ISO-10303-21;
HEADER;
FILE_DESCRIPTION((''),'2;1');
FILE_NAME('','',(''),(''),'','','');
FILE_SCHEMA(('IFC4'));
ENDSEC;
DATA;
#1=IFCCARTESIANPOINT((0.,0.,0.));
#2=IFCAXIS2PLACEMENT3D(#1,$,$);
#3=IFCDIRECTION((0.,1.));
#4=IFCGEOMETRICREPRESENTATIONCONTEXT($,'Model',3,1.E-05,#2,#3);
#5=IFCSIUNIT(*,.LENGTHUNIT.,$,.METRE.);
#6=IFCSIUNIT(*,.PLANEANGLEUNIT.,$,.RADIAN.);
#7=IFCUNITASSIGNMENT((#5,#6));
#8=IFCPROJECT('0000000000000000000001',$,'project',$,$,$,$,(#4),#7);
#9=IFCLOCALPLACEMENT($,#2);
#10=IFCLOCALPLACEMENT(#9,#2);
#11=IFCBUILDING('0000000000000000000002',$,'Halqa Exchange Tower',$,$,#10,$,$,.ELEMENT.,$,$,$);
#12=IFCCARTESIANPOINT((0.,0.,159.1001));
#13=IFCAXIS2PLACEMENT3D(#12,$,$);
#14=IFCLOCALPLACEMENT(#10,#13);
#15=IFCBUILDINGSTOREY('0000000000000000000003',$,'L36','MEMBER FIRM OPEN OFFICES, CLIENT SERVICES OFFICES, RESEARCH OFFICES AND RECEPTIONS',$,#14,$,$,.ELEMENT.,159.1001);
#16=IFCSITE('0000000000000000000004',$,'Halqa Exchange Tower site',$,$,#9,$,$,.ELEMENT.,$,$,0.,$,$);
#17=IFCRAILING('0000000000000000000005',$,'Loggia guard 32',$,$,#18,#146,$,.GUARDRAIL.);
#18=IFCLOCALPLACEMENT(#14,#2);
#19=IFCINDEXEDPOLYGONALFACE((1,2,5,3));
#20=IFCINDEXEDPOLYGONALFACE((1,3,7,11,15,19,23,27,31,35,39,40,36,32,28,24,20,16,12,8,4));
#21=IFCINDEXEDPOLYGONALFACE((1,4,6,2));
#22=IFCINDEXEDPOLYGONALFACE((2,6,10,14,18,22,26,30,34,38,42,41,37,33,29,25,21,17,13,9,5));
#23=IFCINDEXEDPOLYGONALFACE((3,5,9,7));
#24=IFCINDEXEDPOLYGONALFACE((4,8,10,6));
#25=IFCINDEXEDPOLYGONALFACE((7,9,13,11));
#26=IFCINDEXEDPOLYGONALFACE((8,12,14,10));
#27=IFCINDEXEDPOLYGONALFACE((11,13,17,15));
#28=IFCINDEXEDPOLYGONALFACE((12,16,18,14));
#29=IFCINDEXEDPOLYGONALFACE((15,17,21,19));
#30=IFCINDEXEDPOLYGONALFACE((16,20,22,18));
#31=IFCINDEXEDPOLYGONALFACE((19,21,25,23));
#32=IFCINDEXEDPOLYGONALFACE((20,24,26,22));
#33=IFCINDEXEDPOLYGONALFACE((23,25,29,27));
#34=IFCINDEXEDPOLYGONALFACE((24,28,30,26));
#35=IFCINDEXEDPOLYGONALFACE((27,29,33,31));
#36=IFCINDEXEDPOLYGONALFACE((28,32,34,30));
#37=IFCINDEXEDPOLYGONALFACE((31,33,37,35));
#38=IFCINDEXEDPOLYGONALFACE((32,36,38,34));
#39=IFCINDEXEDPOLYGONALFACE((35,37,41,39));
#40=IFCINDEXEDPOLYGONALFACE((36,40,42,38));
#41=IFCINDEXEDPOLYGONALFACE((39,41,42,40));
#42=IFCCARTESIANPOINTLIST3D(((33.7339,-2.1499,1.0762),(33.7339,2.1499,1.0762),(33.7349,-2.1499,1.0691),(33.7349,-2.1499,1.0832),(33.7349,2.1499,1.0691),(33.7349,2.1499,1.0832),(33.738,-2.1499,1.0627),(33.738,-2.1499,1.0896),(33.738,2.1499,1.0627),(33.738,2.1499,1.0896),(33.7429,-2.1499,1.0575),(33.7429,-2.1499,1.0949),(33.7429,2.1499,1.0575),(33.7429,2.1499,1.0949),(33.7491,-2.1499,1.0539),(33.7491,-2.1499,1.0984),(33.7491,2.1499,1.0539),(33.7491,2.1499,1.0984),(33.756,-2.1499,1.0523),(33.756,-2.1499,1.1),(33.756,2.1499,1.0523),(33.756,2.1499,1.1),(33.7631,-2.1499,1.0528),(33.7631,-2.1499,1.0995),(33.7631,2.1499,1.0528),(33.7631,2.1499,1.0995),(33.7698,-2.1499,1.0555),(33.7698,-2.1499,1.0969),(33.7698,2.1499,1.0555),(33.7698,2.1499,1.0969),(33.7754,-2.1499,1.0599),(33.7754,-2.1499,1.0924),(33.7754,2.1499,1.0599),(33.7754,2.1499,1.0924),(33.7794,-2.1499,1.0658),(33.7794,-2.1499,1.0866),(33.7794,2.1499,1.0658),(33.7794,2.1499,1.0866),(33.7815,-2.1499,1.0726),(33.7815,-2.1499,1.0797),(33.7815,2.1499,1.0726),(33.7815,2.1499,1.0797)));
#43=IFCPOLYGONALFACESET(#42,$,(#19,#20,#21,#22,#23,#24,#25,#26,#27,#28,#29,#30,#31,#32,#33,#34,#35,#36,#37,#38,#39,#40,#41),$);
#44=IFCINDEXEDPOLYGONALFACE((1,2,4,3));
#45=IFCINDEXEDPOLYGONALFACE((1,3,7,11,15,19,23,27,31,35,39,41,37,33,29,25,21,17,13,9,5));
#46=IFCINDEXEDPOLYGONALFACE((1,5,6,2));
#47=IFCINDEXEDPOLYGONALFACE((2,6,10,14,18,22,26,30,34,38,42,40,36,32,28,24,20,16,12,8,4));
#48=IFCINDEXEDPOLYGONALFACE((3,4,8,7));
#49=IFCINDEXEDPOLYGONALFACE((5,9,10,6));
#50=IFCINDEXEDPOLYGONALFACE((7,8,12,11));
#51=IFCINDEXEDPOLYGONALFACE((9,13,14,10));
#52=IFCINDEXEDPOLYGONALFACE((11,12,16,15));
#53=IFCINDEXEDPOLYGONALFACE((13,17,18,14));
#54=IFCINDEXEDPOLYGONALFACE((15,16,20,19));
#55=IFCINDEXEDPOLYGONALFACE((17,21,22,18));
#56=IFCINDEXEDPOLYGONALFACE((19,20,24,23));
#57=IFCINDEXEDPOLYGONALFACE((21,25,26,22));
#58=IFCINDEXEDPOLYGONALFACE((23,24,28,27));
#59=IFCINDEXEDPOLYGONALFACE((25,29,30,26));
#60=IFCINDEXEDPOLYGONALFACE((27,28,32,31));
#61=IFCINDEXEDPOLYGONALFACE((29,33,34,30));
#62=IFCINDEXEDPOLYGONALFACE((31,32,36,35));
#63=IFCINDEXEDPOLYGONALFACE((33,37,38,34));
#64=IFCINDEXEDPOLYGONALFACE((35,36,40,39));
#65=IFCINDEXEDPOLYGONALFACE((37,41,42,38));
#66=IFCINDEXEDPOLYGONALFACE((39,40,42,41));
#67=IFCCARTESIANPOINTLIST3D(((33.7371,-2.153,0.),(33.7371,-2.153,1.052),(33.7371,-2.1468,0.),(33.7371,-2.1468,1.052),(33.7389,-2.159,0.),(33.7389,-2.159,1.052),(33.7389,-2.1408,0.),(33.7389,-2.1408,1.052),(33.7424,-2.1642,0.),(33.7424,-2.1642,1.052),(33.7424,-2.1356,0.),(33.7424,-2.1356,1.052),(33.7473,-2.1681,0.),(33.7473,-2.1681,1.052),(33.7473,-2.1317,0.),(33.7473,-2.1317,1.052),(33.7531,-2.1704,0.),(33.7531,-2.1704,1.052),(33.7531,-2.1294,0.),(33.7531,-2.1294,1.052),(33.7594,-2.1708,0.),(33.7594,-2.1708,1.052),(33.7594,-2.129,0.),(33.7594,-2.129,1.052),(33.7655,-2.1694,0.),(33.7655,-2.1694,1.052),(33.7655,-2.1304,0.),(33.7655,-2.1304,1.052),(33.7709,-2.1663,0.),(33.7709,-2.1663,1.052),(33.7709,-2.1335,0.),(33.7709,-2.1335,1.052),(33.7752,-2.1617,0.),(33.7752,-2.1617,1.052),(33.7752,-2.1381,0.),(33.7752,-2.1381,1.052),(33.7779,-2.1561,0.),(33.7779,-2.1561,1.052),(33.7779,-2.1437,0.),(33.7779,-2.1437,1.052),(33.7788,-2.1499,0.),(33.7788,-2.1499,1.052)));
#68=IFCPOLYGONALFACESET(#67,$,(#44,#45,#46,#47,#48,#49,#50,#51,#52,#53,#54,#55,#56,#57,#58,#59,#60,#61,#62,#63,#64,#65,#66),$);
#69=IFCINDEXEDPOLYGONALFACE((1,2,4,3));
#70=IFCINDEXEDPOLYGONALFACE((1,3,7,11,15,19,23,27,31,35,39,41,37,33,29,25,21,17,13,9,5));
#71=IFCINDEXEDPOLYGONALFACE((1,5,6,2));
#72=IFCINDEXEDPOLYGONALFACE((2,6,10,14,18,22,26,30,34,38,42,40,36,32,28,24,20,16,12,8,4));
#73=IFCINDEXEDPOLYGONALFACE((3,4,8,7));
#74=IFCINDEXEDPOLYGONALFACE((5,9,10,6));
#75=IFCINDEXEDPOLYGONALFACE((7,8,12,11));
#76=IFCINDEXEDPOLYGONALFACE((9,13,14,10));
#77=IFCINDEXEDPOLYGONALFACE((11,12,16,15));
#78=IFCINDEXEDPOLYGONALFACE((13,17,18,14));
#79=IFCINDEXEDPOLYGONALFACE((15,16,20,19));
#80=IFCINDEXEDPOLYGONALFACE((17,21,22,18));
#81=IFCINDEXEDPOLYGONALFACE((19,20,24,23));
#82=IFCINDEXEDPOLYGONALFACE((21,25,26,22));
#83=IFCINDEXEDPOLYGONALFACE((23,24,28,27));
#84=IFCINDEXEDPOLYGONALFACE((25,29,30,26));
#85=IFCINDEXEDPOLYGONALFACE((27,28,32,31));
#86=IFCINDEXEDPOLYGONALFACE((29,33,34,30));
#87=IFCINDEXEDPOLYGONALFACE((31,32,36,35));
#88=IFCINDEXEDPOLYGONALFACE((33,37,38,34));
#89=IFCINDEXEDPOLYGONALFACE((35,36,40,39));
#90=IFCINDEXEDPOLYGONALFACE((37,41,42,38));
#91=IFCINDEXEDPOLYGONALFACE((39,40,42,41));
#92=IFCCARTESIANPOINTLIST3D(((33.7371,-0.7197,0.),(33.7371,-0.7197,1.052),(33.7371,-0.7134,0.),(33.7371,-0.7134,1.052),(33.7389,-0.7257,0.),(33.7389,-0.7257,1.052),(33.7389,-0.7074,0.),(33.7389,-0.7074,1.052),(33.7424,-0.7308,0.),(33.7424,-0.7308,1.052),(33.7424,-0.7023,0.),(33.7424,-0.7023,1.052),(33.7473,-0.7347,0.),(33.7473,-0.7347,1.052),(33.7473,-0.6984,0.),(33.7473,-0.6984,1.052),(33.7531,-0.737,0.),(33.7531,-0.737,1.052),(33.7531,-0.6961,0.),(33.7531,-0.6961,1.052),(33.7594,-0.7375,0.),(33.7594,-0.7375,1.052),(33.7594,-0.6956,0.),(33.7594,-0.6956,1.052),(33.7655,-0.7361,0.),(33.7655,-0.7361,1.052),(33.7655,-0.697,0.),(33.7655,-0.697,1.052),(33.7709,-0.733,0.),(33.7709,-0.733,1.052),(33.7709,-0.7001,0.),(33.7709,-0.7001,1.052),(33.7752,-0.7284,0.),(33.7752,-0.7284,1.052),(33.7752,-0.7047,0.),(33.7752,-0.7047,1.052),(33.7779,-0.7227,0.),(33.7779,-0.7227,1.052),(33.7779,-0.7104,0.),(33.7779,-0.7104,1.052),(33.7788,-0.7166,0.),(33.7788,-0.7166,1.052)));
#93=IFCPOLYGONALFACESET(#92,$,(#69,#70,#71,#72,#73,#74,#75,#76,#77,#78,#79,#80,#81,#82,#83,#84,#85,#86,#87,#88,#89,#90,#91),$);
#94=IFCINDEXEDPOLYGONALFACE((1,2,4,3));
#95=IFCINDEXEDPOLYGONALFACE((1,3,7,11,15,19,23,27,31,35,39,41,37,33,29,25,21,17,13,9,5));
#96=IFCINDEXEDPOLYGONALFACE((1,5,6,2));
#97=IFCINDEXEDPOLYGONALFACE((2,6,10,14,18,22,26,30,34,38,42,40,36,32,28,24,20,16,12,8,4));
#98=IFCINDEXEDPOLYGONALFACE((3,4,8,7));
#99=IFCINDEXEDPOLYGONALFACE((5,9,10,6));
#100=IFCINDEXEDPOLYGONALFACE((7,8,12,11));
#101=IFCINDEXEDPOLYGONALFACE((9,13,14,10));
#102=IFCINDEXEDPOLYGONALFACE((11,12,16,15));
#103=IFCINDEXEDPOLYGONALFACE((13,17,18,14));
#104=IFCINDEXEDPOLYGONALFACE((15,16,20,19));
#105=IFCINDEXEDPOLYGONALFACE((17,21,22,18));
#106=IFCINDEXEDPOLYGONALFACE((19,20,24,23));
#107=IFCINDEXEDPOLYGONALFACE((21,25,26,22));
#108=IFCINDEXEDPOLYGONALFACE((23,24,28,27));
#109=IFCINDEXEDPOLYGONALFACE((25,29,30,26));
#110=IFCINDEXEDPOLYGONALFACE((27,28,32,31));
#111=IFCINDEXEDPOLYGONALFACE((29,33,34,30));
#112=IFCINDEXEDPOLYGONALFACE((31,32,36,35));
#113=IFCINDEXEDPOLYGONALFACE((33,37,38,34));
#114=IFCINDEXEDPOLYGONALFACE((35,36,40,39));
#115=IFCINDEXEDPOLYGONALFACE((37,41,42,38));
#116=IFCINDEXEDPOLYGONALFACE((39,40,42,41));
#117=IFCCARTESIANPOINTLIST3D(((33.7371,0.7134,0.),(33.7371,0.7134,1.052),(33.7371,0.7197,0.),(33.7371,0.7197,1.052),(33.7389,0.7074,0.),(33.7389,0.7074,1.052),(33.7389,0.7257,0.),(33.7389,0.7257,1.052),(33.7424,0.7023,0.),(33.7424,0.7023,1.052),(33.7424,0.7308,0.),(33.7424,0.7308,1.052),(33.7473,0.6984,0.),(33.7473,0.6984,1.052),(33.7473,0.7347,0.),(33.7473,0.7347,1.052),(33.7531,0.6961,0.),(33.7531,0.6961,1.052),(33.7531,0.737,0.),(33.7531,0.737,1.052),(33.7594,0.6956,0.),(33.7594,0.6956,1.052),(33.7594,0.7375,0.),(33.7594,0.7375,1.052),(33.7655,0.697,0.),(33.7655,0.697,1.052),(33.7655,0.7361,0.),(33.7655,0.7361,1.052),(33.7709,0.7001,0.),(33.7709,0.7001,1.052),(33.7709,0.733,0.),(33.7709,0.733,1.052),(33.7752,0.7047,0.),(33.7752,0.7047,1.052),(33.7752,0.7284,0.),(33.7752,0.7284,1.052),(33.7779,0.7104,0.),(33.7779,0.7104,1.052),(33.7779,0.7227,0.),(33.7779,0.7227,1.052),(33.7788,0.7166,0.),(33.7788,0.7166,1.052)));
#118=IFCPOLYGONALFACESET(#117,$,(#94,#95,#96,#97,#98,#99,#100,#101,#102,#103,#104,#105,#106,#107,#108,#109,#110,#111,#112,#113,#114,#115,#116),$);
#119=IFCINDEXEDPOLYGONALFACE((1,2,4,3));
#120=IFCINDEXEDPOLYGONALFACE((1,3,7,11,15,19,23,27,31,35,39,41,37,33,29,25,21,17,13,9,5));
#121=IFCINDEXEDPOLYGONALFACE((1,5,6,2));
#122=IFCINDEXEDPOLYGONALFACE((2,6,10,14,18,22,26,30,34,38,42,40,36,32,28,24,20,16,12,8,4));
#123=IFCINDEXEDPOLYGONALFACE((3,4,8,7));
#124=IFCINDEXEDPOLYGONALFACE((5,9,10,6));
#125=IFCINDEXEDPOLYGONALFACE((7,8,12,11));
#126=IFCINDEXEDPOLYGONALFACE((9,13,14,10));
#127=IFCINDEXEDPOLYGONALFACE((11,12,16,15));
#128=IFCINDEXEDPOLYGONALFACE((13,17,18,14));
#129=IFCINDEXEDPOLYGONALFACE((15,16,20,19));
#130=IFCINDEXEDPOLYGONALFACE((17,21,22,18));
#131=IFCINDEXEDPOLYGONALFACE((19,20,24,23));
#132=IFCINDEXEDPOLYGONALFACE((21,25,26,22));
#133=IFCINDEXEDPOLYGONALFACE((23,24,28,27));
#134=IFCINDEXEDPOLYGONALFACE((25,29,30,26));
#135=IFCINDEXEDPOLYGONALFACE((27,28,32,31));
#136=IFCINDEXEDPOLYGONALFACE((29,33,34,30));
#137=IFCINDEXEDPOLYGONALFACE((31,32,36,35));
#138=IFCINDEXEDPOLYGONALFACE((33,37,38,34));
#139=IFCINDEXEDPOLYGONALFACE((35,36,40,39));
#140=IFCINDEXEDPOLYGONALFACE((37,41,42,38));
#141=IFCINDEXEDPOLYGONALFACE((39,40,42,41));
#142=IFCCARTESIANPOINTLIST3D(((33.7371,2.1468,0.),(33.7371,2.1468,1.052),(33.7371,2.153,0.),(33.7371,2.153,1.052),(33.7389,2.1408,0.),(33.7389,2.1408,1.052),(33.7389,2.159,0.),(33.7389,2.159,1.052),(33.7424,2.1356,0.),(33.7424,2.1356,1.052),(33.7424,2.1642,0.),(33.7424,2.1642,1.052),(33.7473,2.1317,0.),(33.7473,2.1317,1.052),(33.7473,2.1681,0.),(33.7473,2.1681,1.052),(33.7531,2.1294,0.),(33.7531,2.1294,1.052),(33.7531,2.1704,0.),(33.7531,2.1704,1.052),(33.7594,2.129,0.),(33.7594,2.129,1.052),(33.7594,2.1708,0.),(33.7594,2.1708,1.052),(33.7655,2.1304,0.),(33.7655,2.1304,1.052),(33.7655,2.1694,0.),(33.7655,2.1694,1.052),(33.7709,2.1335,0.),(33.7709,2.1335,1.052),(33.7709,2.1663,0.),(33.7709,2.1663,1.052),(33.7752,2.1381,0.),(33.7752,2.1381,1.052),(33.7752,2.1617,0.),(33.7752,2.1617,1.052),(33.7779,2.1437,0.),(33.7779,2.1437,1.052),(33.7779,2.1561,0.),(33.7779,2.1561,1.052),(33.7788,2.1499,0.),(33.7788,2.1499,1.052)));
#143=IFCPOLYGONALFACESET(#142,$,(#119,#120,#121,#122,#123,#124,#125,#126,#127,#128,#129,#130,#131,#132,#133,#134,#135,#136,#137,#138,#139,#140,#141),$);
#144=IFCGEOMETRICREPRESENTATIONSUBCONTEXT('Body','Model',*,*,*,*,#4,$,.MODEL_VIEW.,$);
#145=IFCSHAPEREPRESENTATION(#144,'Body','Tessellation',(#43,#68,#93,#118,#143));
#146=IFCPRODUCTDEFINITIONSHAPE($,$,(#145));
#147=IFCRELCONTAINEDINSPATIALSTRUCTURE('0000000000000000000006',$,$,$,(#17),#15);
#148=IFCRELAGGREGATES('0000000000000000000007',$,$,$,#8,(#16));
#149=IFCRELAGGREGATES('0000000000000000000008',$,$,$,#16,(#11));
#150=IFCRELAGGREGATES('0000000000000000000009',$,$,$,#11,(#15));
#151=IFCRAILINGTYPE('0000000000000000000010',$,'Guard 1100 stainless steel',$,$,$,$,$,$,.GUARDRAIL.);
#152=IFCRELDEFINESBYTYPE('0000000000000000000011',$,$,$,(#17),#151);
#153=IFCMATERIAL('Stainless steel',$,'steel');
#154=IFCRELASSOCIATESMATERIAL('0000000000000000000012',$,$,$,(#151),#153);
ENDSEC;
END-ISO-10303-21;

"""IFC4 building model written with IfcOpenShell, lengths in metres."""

from ifc_helpers import new_model, si_unit, direction, frame, origin, origin_2d, place, context, subcontext, project, spatial, circle, extrude, material, type_object, element, save


model = new_model("IFC4")

# Units and contexts
model_context = context("Model", 3, precision=1e-05, world=origin(), true_north=direction((0.0, 1.0)))
body_context = subcontext(model_context, "Body", "Model", "MODEL_VIEW")
ifc_project = project(units=[si_unit("LENGTHUNIT", "METRE"), si_unit("PLANEANGLEUNIT", "RADIAN")], contexts=[model_context])

# Site, building, storey
site_placement = place(None, origin())
site = spatial("IfcSite", under=ifc_project, at=site_placement, Name="Halqa Exchange Tower site", CompositionType="ELEMENT", RefElevation=0.0)
building_placement = place(site_placement, origin())
building = spatial("IfcBuilding", under=site, at=building_placement, Name="Halqa Exchange Tower", CompositionType="ELEMENT")
storey_placement = place(building_placement, frame((0.0, 0.0, 159.1001)))
storey = spatial("IfcBuildingStorey", under=building, at=storey_placement, Name="L36", Description="MEMBER FIRM OPEN OFFICES, CLIENT SERVICES OFFICES, RESEARCH OFFICES AND RECEPTIONS", CompositionType="ELEMENT", Elevation=159.1001)

# Railing
ifc_material_1 = material(Name="Stainless steel", Category="steel")
railing_type = type_object("IfcRailingType", Name="Guard 1100 stainless steel", PredefinedType="GUARDRAIL", material=ifc_material_1)
railing_1_placement = place(storey_placement, frame((33.7578, -2.1499, 0.0)))
element("IfcRailing", 1, at=railing_1_placement, inside=storey, type_object=railing_type, Name="Loggia guard 32", PredefinedType="GUARDRAIL", context=body_context, shape_type="SweptSolid", body=[
    extrude(circle(Radius=0.0239, at=origin_2d()), frame((0.0, 0.0, 1.0762), z_axis=(0.0, 1.0, 0.0), x_axis=(-1.0, 0.0, 0.0)), (0.0, 0.0, 1.0), 4.2998),
    extrude(circle(Radius=0.021, at=origin_2d()), origin(), (0.0, 0.0, 1.0), 1.052),
    extrude(circle(Radius=0.021, at=origin_2d()), frame((0.0, 1.4333, 0.0)), (0.0, 0.0, 1.0), 1.052),
    extrude(circle(Radius=0.021, at=origin_2d()), frame((0.0, 2.8665, 0.0)), (0.0, 0.0, 1.0), 1.052),
    extrude(circle(Radius=0.021, at=origin_2d()), frame((0.0, 4.2998, 0.0)), (0.0, 0.0, 1.0), 1.052),
])

save(model, "model.ifc")
